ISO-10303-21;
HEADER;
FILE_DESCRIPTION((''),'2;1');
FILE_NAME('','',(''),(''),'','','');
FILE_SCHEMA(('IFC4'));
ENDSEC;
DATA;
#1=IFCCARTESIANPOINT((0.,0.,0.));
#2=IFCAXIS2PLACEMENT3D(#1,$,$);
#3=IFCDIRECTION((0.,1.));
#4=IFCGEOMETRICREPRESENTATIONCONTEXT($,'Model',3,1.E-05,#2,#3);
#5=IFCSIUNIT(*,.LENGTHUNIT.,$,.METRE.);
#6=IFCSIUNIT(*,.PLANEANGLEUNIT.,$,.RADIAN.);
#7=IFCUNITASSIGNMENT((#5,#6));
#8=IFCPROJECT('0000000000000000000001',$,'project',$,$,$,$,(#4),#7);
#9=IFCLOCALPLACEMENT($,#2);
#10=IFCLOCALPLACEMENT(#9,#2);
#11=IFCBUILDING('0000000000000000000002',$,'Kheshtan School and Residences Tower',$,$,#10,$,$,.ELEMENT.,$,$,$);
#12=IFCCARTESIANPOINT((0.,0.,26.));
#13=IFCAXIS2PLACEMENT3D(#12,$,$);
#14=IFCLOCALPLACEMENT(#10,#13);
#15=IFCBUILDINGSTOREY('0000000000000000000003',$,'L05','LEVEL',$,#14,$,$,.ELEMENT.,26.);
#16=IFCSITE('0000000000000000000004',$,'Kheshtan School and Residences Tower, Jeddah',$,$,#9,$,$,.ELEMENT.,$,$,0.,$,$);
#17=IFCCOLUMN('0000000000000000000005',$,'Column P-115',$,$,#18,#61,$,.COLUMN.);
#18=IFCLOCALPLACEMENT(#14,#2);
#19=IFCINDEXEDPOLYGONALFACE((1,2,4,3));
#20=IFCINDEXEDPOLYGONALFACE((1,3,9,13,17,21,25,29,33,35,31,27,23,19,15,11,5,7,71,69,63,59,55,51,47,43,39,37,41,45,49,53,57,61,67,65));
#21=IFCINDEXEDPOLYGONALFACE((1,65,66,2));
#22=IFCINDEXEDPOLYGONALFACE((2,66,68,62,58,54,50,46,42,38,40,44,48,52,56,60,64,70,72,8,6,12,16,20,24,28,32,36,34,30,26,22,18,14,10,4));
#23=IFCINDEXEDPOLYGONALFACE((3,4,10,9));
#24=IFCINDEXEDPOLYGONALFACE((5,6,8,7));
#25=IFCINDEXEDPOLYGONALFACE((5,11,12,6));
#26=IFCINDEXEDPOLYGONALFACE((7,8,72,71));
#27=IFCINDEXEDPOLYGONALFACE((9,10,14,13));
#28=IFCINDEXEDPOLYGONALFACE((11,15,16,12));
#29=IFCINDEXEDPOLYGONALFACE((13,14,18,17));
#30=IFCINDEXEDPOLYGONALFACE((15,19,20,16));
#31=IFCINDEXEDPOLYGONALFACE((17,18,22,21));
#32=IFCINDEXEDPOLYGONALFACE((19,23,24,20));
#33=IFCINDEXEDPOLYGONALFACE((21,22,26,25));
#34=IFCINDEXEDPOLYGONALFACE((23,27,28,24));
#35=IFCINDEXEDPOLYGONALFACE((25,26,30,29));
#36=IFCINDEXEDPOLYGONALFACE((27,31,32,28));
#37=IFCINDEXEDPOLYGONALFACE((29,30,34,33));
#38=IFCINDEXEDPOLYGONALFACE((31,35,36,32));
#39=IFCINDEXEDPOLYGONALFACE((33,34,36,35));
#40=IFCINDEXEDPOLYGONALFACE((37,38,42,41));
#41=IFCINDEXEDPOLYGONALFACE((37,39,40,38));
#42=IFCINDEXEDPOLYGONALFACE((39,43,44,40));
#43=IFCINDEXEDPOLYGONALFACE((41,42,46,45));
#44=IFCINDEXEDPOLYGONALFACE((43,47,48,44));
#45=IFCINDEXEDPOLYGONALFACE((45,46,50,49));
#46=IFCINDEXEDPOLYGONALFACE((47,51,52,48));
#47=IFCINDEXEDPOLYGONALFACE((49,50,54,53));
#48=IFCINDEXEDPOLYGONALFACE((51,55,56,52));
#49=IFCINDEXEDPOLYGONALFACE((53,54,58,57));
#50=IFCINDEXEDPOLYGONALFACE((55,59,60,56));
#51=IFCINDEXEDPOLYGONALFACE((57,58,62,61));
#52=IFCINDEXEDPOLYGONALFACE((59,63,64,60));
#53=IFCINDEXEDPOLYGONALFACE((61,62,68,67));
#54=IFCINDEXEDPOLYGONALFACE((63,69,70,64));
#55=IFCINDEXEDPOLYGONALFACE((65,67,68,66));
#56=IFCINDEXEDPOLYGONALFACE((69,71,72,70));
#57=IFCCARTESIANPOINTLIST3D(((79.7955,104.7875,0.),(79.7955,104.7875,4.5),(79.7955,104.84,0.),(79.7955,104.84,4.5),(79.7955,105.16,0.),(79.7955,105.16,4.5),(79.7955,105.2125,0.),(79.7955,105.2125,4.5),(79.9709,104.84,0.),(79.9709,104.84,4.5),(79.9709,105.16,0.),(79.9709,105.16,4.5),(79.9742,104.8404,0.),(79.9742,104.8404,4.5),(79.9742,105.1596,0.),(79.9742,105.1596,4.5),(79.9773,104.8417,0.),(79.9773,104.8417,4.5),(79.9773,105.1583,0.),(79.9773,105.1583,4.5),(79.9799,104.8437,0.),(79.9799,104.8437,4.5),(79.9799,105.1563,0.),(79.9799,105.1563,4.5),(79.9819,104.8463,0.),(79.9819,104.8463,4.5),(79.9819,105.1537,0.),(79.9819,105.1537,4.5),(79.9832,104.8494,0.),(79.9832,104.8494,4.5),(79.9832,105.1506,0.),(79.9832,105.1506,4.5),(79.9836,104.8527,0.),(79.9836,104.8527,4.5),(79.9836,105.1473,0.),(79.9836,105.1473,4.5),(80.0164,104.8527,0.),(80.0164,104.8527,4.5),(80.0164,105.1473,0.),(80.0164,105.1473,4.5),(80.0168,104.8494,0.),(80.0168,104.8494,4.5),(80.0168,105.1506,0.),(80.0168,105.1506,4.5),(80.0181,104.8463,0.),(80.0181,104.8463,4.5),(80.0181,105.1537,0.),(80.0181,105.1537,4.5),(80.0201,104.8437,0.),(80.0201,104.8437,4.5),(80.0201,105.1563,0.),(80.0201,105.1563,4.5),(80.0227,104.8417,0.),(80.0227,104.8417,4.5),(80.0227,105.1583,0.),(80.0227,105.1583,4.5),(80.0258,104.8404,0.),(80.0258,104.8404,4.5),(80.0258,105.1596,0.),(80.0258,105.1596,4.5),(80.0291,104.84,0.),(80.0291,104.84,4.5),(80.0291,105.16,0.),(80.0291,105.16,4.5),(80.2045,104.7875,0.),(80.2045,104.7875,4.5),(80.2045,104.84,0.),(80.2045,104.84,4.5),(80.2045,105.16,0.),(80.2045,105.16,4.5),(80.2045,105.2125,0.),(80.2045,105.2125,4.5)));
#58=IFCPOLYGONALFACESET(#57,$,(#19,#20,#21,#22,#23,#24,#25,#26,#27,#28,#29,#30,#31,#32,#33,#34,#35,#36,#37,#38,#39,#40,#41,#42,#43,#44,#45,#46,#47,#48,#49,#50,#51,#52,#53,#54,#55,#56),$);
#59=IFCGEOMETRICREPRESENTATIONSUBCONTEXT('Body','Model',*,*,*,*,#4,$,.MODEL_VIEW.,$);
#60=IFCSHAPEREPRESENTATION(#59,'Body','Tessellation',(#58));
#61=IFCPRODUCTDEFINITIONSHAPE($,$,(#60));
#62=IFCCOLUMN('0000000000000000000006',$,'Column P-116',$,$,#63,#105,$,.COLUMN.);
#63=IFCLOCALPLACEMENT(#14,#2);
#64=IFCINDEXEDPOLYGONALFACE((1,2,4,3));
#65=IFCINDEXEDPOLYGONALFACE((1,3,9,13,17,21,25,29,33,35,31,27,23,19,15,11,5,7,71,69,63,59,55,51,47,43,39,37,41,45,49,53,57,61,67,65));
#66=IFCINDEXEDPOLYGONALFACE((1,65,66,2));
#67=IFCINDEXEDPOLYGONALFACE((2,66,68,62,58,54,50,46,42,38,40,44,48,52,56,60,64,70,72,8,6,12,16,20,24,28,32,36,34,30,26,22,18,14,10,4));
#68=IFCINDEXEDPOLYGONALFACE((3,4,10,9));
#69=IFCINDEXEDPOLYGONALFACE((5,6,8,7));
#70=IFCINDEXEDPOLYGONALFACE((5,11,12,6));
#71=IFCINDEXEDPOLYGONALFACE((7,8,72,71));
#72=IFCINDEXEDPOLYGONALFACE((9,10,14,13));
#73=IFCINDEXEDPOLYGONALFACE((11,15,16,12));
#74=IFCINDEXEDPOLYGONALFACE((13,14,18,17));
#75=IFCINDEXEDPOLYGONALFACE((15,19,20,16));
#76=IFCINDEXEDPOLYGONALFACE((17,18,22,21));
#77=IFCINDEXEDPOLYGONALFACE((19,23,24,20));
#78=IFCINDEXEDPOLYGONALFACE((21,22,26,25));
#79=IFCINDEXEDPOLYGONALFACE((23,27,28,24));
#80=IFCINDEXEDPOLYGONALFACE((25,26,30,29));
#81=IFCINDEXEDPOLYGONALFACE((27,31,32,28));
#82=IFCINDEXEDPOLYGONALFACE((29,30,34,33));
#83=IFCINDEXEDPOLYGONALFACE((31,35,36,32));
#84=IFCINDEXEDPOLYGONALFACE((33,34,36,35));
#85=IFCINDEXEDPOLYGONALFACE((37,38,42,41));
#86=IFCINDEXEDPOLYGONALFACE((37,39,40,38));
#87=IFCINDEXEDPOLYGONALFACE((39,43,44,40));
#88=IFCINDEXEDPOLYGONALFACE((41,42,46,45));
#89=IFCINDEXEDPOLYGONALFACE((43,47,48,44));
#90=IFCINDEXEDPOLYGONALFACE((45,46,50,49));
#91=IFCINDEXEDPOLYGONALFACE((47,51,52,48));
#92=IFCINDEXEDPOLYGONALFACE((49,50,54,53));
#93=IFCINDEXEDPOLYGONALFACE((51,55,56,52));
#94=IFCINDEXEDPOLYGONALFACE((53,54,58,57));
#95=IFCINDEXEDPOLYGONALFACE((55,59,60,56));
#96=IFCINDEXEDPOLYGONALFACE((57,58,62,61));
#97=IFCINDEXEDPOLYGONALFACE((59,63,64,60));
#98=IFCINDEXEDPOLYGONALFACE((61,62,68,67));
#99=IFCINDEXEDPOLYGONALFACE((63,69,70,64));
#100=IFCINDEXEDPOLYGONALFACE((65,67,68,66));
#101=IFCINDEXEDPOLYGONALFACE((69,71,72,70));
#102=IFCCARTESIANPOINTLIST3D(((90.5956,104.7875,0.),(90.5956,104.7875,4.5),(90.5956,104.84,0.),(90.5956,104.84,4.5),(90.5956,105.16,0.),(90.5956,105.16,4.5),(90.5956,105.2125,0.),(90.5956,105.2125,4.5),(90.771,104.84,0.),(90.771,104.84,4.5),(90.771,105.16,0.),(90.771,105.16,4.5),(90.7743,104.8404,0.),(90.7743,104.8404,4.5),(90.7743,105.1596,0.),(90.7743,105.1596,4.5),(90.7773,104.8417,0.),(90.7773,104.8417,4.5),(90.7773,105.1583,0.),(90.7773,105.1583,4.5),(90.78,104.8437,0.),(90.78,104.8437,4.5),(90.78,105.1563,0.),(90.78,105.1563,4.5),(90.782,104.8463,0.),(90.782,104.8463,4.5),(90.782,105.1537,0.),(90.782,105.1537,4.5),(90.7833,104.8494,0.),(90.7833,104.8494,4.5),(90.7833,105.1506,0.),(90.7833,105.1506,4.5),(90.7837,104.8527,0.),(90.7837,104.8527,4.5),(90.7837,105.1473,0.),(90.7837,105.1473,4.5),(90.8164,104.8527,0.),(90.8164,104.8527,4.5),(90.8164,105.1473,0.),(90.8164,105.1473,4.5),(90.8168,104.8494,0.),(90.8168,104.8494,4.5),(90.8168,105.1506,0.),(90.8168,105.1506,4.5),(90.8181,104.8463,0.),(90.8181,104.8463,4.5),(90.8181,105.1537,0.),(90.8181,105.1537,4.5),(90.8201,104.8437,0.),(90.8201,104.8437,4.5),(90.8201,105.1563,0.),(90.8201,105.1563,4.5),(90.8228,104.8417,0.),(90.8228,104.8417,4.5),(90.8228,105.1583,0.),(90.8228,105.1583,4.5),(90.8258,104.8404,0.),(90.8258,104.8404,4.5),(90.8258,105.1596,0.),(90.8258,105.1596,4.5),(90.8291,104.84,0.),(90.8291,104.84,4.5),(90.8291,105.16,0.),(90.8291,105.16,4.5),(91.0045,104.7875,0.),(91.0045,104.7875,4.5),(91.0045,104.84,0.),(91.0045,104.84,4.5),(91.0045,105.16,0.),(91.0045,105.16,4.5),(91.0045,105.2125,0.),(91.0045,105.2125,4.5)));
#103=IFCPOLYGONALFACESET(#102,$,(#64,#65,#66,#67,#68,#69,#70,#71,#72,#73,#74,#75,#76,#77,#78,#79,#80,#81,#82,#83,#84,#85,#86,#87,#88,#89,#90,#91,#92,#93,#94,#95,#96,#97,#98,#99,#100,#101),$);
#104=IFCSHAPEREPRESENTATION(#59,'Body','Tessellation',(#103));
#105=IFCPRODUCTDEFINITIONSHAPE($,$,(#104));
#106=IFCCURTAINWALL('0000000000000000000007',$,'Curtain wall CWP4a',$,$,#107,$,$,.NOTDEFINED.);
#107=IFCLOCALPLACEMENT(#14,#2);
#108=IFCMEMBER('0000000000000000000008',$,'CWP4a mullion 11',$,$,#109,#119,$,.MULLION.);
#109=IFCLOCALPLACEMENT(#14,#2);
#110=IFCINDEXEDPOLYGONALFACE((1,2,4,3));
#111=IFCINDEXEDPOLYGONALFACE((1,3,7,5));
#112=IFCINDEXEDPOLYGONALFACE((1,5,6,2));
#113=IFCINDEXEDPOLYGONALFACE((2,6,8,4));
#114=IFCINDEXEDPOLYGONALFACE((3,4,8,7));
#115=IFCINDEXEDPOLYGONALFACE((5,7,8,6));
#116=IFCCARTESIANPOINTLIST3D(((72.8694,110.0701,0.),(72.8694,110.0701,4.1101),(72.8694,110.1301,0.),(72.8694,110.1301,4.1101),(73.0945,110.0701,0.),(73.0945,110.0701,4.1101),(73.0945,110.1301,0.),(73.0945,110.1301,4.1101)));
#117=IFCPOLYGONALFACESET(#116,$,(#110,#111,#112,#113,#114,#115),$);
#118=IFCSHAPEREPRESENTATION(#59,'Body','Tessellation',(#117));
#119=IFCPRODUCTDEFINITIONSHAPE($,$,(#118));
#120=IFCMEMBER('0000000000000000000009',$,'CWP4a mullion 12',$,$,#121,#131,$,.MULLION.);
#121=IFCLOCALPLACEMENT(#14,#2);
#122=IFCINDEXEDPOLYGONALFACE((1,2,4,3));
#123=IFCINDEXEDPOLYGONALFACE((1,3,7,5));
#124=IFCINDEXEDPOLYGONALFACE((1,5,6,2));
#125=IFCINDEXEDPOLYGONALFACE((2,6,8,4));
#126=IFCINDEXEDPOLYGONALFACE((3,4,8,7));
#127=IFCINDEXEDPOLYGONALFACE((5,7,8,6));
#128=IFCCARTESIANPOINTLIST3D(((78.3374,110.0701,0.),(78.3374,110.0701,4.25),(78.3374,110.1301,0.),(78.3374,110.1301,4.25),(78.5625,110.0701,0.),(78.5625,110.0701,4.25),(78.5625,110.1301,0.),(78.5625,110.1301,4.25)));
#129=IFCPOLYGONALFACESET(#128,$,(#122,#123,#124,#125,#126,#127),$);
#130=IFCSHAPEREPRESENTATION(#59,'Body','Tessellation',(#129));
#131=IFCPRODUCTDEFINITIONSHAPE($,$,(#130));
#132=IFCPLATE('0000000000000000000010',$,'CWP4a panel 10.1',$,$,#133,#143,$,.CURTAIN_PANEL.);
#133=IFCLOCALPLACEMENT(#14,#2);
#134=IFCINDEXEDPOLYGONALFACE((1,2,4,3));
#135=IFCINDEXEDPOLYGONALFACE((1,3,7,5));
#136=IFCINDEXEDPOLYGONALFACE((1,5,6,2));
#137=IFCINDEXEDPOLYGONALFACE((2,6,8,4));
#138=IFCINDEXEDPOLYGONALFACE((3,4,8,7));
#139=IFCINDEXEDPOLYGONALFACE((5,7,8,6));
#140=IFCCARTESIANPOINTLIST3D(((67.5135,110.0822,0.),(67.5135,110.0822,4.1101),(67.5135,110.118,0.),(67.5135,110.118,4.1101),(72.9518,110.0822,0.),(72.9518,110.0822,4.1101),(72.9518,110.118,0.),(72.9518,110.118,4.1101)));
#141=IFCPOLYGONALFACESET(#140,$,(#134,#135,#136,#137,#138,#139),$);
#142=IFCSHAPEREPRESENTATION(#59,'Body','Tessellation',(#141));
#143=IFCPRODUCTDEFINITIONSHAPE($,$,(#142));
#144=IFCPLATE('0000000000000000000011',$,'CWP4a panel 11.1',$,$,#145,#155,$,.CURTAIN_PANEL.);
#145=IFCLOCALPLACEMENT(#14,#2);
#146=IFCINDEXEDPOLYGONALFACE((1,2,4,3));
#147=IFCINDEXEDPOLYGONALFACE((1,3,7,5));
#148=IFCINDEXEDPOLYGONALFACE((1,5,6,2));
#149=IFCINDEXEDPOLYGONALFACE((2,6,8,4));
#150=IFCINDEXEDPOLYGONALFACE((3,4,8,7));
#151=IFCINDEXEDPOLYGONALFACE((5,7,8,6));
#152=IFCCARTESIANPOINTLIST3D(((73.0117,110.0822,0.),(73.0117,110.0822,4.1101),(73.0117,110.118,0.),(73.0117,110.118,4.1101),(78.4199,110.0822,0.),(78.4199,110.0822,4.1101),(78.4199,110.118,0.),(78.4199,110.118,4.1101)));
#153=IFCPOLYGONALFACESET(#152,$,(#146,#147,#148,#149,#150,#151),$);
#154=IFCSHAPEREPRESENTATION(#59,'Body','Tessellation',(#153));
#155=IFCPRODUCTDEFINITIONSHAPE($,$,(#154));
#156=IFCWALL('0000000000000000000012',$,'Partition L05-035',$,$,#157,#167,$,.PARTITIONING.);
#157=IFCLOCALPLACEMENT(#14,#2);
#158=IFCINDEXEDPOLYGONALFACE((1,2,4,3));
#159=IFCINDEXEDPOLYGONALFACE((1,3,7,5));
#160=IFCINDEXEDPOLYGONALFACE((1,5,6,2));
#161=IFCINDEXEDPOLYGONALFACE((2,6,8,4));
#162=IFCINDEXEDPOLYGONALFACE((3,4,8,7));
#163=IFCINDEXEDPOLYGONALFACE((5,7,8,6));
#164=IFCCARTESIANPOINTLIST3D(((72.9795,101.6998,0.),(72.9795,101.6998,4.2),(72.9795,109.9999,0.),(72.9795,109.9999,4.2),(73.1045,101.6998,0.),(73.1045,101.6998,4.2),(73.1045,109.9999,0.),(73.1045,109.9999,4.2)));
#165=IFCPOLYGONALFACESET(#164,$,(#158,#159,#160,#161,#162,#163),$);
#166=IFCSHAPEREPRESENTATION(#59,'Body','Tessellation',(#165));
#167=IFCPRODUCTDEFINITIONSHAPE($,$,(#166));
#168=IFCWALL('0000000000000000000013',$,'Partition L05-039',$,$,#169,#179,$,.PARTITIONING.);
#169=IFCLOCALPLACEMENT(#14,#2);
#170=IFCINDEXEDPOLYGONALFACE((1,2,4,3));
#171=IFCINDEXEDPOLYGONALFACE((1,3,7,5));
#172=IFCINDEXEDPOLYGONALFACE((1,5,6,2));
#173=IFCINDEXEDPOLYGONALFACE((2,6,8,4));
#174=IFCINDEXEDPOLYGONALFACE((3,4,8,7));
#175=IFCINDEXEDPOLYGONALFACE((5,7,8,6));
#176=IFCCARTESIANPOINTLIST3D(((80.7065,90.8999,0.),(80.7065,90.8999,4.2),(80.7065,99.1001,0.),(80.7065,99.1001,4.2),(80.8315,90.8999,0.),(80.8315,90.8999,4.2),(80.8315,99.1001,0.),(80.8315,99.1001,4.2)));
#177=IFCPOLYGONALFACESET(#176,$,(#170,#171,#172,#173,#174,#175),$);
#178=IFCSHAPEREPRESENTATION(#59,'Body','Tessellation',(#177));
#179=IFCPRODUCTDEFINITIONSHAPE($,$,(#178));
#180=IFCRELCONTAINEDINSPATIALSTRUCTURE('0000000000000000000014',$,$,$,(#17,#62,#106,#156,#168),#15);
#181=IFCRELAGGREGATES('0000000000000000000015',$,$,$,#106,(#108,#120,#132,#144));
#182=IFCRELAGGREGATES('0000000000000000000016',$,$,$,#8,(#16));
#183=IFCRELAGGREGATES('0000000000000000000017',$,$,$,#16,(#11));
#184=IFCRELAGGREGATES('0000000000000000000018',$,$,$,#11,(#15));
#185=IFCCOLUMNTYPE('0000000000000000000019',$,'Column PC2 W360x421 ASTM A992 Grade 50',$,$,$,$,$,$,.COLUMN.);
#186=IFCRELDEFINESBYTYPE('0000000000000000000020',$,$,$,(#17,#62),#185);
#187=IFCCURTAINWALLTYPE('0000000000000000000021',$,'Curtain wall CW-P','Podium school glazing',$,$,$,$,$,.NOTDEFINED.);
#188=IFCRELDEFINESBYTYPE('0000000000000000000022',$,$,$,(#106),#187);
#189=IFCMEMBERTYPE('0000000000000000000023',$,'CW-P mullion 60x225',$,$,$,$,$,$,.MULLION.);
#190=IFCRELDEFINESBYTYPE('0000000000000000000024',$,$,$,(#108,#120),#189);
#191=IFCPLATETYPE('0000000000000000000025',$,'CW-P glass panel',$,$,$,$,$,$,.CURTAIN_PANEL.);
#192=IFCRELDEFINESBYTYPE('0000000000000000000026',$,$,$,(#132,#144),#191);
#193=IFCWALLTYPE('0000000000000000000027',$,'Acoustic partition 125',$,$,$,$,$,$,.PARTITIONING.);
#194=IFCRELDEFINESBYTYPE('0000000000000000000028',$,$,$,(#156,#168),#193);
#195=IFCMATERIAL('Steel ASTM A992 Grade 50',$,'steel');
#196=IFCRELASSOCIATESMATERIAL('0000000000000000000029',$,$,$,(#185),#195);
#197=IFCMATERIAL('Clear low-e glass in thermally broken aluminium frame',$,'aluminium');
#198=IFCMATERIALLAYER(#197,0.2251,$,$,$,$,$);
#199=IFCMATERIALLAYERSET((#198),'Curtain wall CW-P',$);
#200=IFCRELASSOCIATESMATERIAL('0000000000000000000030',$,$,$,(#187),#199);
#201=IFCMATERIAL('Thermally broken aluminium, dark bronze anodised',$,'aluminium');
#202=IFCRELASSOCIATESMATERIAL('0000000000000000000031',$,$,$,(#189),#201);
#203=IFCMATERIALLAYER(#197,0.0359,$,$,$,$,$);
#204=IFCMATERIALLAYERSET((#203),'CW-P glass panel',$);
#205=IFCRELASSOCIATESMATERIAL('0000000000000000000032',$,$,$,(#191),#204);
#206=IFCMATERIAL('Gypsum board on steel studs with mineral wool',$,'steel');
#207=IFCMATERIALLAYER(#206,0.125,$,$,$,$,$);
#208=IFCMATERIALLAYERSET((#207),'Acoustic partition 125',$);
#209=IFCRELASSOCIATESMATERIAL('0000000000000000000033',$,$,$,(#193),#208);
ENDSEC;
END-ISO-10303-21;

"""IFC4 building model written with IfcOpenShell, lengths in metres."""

from ifc_helpers import new_model, si_unit, direction, frame, frame_2d, origin, origin_2d, place, context, subcontext, project, spatial, rectangle, i_section, extrude, material, layer, layer_set, material_profile, profile_set, type_object, element, aggregate, save


model = new_model("IFC4")

# Units and contexts
model_context = context("Model", 3, precision=1e-05, world=origin(), true_north=direction((0.0, 1.0)))
body_context = subcontext(model_context, "Body", "Model", "MODEL_VIEW")
ifc_project = project(units=[si_unit("LENGTHUNIT", "METRE"), si_unit("PLANEANGLEUNIT", "RADIAN")], contexts=[model_context])

# Site, building, storey
site_placement = place(None, origin())
site = spatial("IfcSite", under=ifc_project, at=site_placement, Name="Kheshtan School and Residences Tower, Jeddah", CompositionType="ELEMENT", RefElevation=0.0)
building_placement = place(site_placement, origin())
building = spatial("IfcBuilding", under=site, at=building_placement, Name="Kheshtan School and Residences Tower", CompositionType="ELEMENT")
storey_placement = place(building_placement, frame((0.0, 0.0, 26.0)))
storey = spatial("IfcBuildingStorey", under=building, at=storey_placement, Name="L05", Description="LEVEL", CompositionType="ELEMENT", Elevation=26.0)

# Columns
ifc_material_1 = material(Name="Steel ASTM A992 Grade 50", Category="steel")
ifc_material_profile_1 = material_profile(ifc_material_1, i_section(OverallWidth=0.4089, OverallDepth=0.425, WebThickness=0.0327, FlangeThickness=0.0525, FilletRadius=0.0127, at=origin_2d()), Name="W360x421")
ifc_profile_set_1 = profile_set([ifc_material_profile_1], Name="Steel ASTM A992 Grade 50")
column_type = type_object("IfcColumnType", Name="Column PC2 W360x421 ASTM A992 Grade 50", PredefinedType="COLUMN", material=ifc_profile_set_1)
for number, where, z_axis, x_axis, name in (
    (1, (80.0, 105.0, 0.0), (0.0, 0.0, 1.0), (1.0, 0.0, 0.0), "Column P-115"),
    (2, (90.8, 105.0, 0.0), (0.0, 0.0, 1.0), (1.0, 0.0, 0.0), "Column P-116"),
):
    element("IfcColumn", number, at=place(storey_placement, frame(where, z_axis=z_axis, x_axis=x_axis)), inside=storey, type_object=column_type, Name=name, PredefinedType="COLUMN", context=body_context, shape_type="SweptSolid", body=[
        extrude(i_section(OverallWidth=0.4089, OverallDepth=0.425, WebThickness=0.0327, FlangeThickness=0.0525, FilletRadius=0.0127, at=origin_2d()), origin(), (0.0, 0.0, 1.0), 4.5),
    ])

# Curtain wall, members, plates
ifc_material_2 = material(Name="Clear low-e glass in thermally broken aluminium frame", Category="aluminium")
ifc_layer_1 = layer(ifc_material_2, 0.2251)
ifc_layer_set_1 = layer_set([ifc_layer_1], Name="Curtain wall CW-P")
curtain_wall_type = type_object("IfcCurtainWallType", Name="Curtain wall CW-P", Description="Podium school glazing", PredefinedType="NOTDEFINED", material=ifc_layer_set_1)
curtain_wall_placement = place(storey_placement, origin())
curtain_wall = element("IfcCurtainWall", 3, at=curtain_wall_placement, inside=storey, type_object=curtain_wall_type, Name="Curtain wall CWP4a", PredefinedType="NOTDEFINED")
ifc_material_3 = material(Name="Thermally broken aluminium, dark bronze anodised", Category="aluminium")
ifc_material_profile_2 = material_profile(ifc_material_3, rectangle(XDim=0.0601, YDim=0.2251, at=origin_2d()), Name="CW-P mullion 60x225")
ifc_profile_set_2 = profile_set([ifc_material_profile_2], Name="Thermally broken aluminium, dark bronze anodised")
member_type = type_object("IfcMemberType", Name="CW-P mullion 60x225", PredefinedType="MULLION", material=ifc_profile_set_2)
member_1_placement = place(storey_placement, frame((72.9819, 110.1001, 0.0), z_axis=(0.0, 0.0, 1.0), x_axis=(0.0, 1.0, 0.0)))
member_1 = element("IfcMember", 4, at=member_1_placement, type_object=member_type, Name="CWP4a mullion 11", PredefinedType="MULLION", context=body_context, shape_type="SweptSolid", body=[
    extrude(rectangle(XDim=0.0601, YDim=0.2251, at=origin_2d()), origin(), (0.0, 0.0, 1.0), 4.1101),
])
member_2_placement = place(storey_placement, frame((78.45, 110.1001, 0.0), z_axis=(0.0, 0.0, 1.0), x_axis=(0.0, 1.0, 0.0)))
member_2 = element("IfcMember", 5, at=member_2_placement, type_object=member_type, Name="CWP4a mullion 12", PredefinedType="MULLION", context=body_context, shape_type="SweptSolid", body=[
    extrude(rectangle(XDim=0.0601, YDim=0.2251, at=origin_2d()), origin(), (0.0, 0.0, 1.0), 4.25),
])
ifc_layer_2 = layer(ifc_material_2, 0.0359)
ifc_layer_set_2 = layer_set([ifc_layer_2], Name="CW-P glass panel")
plate_type = type_object("IfcPlateType", Name="CW-P glass panel", PredefinedType="CURTAIN_PANEL", material=ifc_layer_set_2)
plate_1_placement = place(storey_placement, frame((70.2327, 110.1001, 0.0), z_axis=(0.0, 0.0, 1.0), x_axis=(1.0, 0.0, 0.0)))
plate_1 = element("IfcPlate", 6, at=plate_1_placement, type_object=plate_type, Name="CWP4a panel 10.1", PredefinedType="CURTAIN_PANEL", context=body_context, shape_type="SweptSolid", body=[
    extrude(rectangle(XDim=5.4382, YDim=0.0359, at=origin_2d()), origin(), (0.0, 0.0, 1.0), 4.1101),
])
plate_2_placement = place(storey_placement, frame((75.7158, 110.1001, 0.0), z_axis=(0.0, 0.0, 1.0), x_axis=(1.0, 0.0, 0.0)))
plate_2 = element("IfcPlate", 7, at=plate_2_placement, type_object=plate_type, Name="CWP4a panel 11.1", PredefinedType="CURTAIN_PANEL", context=body_context, shape_type="SweptSolid", body=[
    extrude(rectangle(XDim=5.4082, YDim=0.0359, at=origin_2d()), origin(), (0.0, 0.0, 1.0), 4.1101),
])
aggregate(curtain_wall, [member_1, member_2, plate_1, plate_2])

# Walls
ifc_material_4 = material(Name="Gypsum board on steel studs with mineral wool", Category="steel")
ifc_layer_3 = layer(ifc_material_4, 0.125)
ifc_layer_set_3 = layer_set([ifc_layer_3], Name="Acoustic partition 125")
wall_type_1 = type_object("IfcWallType", Name="Acoustic partition 125", PredefinedType="PARTITIONING", material=ifc_layer_set_3)
wall_1_placement = place(storey_placement, frame((73.042, 101.7, 0.0), z_axis=(0.0, 0.0, 1.0), x_axis=(0.0, 1.0, 0.0)))
element("IfcWall", 8, at=wall_1_placement, inside=storey, type_object=wall_type_1, Name="Partition L05-035", PredefinedType="PARTITIONING", context=body_context, shape_type="SweptSolid", body=[
    extrude(rectangle(XDim=8.3, YDim=0.125, at=frame_2d((4.1499, 0.0))), origin(), (0.0, 0.0, 1.0), 4.2),
])
wall_2_placement = place(storey_placement, frame((80.769, 90.8999, 0.0), z_axis=(0.0, 0.0, 1.0), x_axis=(0.0, 1.0, 0.0)))
element("IfcWall", 9, at=wall_2_placement, inside=storey, type_object=wall_type_1, Name="Partition L05-039", PredefinedType="PARTITIONING", context=body_context, shape_type="SweptSolid", body=[
    extrude(rectangle(XDim=8.2002, YDim=0.125, at=frame_2d((4.1001, 0.0))), origin(), (0.0, 0.0, 1.0), 4.2),
])

save(model, "model.ifc")
